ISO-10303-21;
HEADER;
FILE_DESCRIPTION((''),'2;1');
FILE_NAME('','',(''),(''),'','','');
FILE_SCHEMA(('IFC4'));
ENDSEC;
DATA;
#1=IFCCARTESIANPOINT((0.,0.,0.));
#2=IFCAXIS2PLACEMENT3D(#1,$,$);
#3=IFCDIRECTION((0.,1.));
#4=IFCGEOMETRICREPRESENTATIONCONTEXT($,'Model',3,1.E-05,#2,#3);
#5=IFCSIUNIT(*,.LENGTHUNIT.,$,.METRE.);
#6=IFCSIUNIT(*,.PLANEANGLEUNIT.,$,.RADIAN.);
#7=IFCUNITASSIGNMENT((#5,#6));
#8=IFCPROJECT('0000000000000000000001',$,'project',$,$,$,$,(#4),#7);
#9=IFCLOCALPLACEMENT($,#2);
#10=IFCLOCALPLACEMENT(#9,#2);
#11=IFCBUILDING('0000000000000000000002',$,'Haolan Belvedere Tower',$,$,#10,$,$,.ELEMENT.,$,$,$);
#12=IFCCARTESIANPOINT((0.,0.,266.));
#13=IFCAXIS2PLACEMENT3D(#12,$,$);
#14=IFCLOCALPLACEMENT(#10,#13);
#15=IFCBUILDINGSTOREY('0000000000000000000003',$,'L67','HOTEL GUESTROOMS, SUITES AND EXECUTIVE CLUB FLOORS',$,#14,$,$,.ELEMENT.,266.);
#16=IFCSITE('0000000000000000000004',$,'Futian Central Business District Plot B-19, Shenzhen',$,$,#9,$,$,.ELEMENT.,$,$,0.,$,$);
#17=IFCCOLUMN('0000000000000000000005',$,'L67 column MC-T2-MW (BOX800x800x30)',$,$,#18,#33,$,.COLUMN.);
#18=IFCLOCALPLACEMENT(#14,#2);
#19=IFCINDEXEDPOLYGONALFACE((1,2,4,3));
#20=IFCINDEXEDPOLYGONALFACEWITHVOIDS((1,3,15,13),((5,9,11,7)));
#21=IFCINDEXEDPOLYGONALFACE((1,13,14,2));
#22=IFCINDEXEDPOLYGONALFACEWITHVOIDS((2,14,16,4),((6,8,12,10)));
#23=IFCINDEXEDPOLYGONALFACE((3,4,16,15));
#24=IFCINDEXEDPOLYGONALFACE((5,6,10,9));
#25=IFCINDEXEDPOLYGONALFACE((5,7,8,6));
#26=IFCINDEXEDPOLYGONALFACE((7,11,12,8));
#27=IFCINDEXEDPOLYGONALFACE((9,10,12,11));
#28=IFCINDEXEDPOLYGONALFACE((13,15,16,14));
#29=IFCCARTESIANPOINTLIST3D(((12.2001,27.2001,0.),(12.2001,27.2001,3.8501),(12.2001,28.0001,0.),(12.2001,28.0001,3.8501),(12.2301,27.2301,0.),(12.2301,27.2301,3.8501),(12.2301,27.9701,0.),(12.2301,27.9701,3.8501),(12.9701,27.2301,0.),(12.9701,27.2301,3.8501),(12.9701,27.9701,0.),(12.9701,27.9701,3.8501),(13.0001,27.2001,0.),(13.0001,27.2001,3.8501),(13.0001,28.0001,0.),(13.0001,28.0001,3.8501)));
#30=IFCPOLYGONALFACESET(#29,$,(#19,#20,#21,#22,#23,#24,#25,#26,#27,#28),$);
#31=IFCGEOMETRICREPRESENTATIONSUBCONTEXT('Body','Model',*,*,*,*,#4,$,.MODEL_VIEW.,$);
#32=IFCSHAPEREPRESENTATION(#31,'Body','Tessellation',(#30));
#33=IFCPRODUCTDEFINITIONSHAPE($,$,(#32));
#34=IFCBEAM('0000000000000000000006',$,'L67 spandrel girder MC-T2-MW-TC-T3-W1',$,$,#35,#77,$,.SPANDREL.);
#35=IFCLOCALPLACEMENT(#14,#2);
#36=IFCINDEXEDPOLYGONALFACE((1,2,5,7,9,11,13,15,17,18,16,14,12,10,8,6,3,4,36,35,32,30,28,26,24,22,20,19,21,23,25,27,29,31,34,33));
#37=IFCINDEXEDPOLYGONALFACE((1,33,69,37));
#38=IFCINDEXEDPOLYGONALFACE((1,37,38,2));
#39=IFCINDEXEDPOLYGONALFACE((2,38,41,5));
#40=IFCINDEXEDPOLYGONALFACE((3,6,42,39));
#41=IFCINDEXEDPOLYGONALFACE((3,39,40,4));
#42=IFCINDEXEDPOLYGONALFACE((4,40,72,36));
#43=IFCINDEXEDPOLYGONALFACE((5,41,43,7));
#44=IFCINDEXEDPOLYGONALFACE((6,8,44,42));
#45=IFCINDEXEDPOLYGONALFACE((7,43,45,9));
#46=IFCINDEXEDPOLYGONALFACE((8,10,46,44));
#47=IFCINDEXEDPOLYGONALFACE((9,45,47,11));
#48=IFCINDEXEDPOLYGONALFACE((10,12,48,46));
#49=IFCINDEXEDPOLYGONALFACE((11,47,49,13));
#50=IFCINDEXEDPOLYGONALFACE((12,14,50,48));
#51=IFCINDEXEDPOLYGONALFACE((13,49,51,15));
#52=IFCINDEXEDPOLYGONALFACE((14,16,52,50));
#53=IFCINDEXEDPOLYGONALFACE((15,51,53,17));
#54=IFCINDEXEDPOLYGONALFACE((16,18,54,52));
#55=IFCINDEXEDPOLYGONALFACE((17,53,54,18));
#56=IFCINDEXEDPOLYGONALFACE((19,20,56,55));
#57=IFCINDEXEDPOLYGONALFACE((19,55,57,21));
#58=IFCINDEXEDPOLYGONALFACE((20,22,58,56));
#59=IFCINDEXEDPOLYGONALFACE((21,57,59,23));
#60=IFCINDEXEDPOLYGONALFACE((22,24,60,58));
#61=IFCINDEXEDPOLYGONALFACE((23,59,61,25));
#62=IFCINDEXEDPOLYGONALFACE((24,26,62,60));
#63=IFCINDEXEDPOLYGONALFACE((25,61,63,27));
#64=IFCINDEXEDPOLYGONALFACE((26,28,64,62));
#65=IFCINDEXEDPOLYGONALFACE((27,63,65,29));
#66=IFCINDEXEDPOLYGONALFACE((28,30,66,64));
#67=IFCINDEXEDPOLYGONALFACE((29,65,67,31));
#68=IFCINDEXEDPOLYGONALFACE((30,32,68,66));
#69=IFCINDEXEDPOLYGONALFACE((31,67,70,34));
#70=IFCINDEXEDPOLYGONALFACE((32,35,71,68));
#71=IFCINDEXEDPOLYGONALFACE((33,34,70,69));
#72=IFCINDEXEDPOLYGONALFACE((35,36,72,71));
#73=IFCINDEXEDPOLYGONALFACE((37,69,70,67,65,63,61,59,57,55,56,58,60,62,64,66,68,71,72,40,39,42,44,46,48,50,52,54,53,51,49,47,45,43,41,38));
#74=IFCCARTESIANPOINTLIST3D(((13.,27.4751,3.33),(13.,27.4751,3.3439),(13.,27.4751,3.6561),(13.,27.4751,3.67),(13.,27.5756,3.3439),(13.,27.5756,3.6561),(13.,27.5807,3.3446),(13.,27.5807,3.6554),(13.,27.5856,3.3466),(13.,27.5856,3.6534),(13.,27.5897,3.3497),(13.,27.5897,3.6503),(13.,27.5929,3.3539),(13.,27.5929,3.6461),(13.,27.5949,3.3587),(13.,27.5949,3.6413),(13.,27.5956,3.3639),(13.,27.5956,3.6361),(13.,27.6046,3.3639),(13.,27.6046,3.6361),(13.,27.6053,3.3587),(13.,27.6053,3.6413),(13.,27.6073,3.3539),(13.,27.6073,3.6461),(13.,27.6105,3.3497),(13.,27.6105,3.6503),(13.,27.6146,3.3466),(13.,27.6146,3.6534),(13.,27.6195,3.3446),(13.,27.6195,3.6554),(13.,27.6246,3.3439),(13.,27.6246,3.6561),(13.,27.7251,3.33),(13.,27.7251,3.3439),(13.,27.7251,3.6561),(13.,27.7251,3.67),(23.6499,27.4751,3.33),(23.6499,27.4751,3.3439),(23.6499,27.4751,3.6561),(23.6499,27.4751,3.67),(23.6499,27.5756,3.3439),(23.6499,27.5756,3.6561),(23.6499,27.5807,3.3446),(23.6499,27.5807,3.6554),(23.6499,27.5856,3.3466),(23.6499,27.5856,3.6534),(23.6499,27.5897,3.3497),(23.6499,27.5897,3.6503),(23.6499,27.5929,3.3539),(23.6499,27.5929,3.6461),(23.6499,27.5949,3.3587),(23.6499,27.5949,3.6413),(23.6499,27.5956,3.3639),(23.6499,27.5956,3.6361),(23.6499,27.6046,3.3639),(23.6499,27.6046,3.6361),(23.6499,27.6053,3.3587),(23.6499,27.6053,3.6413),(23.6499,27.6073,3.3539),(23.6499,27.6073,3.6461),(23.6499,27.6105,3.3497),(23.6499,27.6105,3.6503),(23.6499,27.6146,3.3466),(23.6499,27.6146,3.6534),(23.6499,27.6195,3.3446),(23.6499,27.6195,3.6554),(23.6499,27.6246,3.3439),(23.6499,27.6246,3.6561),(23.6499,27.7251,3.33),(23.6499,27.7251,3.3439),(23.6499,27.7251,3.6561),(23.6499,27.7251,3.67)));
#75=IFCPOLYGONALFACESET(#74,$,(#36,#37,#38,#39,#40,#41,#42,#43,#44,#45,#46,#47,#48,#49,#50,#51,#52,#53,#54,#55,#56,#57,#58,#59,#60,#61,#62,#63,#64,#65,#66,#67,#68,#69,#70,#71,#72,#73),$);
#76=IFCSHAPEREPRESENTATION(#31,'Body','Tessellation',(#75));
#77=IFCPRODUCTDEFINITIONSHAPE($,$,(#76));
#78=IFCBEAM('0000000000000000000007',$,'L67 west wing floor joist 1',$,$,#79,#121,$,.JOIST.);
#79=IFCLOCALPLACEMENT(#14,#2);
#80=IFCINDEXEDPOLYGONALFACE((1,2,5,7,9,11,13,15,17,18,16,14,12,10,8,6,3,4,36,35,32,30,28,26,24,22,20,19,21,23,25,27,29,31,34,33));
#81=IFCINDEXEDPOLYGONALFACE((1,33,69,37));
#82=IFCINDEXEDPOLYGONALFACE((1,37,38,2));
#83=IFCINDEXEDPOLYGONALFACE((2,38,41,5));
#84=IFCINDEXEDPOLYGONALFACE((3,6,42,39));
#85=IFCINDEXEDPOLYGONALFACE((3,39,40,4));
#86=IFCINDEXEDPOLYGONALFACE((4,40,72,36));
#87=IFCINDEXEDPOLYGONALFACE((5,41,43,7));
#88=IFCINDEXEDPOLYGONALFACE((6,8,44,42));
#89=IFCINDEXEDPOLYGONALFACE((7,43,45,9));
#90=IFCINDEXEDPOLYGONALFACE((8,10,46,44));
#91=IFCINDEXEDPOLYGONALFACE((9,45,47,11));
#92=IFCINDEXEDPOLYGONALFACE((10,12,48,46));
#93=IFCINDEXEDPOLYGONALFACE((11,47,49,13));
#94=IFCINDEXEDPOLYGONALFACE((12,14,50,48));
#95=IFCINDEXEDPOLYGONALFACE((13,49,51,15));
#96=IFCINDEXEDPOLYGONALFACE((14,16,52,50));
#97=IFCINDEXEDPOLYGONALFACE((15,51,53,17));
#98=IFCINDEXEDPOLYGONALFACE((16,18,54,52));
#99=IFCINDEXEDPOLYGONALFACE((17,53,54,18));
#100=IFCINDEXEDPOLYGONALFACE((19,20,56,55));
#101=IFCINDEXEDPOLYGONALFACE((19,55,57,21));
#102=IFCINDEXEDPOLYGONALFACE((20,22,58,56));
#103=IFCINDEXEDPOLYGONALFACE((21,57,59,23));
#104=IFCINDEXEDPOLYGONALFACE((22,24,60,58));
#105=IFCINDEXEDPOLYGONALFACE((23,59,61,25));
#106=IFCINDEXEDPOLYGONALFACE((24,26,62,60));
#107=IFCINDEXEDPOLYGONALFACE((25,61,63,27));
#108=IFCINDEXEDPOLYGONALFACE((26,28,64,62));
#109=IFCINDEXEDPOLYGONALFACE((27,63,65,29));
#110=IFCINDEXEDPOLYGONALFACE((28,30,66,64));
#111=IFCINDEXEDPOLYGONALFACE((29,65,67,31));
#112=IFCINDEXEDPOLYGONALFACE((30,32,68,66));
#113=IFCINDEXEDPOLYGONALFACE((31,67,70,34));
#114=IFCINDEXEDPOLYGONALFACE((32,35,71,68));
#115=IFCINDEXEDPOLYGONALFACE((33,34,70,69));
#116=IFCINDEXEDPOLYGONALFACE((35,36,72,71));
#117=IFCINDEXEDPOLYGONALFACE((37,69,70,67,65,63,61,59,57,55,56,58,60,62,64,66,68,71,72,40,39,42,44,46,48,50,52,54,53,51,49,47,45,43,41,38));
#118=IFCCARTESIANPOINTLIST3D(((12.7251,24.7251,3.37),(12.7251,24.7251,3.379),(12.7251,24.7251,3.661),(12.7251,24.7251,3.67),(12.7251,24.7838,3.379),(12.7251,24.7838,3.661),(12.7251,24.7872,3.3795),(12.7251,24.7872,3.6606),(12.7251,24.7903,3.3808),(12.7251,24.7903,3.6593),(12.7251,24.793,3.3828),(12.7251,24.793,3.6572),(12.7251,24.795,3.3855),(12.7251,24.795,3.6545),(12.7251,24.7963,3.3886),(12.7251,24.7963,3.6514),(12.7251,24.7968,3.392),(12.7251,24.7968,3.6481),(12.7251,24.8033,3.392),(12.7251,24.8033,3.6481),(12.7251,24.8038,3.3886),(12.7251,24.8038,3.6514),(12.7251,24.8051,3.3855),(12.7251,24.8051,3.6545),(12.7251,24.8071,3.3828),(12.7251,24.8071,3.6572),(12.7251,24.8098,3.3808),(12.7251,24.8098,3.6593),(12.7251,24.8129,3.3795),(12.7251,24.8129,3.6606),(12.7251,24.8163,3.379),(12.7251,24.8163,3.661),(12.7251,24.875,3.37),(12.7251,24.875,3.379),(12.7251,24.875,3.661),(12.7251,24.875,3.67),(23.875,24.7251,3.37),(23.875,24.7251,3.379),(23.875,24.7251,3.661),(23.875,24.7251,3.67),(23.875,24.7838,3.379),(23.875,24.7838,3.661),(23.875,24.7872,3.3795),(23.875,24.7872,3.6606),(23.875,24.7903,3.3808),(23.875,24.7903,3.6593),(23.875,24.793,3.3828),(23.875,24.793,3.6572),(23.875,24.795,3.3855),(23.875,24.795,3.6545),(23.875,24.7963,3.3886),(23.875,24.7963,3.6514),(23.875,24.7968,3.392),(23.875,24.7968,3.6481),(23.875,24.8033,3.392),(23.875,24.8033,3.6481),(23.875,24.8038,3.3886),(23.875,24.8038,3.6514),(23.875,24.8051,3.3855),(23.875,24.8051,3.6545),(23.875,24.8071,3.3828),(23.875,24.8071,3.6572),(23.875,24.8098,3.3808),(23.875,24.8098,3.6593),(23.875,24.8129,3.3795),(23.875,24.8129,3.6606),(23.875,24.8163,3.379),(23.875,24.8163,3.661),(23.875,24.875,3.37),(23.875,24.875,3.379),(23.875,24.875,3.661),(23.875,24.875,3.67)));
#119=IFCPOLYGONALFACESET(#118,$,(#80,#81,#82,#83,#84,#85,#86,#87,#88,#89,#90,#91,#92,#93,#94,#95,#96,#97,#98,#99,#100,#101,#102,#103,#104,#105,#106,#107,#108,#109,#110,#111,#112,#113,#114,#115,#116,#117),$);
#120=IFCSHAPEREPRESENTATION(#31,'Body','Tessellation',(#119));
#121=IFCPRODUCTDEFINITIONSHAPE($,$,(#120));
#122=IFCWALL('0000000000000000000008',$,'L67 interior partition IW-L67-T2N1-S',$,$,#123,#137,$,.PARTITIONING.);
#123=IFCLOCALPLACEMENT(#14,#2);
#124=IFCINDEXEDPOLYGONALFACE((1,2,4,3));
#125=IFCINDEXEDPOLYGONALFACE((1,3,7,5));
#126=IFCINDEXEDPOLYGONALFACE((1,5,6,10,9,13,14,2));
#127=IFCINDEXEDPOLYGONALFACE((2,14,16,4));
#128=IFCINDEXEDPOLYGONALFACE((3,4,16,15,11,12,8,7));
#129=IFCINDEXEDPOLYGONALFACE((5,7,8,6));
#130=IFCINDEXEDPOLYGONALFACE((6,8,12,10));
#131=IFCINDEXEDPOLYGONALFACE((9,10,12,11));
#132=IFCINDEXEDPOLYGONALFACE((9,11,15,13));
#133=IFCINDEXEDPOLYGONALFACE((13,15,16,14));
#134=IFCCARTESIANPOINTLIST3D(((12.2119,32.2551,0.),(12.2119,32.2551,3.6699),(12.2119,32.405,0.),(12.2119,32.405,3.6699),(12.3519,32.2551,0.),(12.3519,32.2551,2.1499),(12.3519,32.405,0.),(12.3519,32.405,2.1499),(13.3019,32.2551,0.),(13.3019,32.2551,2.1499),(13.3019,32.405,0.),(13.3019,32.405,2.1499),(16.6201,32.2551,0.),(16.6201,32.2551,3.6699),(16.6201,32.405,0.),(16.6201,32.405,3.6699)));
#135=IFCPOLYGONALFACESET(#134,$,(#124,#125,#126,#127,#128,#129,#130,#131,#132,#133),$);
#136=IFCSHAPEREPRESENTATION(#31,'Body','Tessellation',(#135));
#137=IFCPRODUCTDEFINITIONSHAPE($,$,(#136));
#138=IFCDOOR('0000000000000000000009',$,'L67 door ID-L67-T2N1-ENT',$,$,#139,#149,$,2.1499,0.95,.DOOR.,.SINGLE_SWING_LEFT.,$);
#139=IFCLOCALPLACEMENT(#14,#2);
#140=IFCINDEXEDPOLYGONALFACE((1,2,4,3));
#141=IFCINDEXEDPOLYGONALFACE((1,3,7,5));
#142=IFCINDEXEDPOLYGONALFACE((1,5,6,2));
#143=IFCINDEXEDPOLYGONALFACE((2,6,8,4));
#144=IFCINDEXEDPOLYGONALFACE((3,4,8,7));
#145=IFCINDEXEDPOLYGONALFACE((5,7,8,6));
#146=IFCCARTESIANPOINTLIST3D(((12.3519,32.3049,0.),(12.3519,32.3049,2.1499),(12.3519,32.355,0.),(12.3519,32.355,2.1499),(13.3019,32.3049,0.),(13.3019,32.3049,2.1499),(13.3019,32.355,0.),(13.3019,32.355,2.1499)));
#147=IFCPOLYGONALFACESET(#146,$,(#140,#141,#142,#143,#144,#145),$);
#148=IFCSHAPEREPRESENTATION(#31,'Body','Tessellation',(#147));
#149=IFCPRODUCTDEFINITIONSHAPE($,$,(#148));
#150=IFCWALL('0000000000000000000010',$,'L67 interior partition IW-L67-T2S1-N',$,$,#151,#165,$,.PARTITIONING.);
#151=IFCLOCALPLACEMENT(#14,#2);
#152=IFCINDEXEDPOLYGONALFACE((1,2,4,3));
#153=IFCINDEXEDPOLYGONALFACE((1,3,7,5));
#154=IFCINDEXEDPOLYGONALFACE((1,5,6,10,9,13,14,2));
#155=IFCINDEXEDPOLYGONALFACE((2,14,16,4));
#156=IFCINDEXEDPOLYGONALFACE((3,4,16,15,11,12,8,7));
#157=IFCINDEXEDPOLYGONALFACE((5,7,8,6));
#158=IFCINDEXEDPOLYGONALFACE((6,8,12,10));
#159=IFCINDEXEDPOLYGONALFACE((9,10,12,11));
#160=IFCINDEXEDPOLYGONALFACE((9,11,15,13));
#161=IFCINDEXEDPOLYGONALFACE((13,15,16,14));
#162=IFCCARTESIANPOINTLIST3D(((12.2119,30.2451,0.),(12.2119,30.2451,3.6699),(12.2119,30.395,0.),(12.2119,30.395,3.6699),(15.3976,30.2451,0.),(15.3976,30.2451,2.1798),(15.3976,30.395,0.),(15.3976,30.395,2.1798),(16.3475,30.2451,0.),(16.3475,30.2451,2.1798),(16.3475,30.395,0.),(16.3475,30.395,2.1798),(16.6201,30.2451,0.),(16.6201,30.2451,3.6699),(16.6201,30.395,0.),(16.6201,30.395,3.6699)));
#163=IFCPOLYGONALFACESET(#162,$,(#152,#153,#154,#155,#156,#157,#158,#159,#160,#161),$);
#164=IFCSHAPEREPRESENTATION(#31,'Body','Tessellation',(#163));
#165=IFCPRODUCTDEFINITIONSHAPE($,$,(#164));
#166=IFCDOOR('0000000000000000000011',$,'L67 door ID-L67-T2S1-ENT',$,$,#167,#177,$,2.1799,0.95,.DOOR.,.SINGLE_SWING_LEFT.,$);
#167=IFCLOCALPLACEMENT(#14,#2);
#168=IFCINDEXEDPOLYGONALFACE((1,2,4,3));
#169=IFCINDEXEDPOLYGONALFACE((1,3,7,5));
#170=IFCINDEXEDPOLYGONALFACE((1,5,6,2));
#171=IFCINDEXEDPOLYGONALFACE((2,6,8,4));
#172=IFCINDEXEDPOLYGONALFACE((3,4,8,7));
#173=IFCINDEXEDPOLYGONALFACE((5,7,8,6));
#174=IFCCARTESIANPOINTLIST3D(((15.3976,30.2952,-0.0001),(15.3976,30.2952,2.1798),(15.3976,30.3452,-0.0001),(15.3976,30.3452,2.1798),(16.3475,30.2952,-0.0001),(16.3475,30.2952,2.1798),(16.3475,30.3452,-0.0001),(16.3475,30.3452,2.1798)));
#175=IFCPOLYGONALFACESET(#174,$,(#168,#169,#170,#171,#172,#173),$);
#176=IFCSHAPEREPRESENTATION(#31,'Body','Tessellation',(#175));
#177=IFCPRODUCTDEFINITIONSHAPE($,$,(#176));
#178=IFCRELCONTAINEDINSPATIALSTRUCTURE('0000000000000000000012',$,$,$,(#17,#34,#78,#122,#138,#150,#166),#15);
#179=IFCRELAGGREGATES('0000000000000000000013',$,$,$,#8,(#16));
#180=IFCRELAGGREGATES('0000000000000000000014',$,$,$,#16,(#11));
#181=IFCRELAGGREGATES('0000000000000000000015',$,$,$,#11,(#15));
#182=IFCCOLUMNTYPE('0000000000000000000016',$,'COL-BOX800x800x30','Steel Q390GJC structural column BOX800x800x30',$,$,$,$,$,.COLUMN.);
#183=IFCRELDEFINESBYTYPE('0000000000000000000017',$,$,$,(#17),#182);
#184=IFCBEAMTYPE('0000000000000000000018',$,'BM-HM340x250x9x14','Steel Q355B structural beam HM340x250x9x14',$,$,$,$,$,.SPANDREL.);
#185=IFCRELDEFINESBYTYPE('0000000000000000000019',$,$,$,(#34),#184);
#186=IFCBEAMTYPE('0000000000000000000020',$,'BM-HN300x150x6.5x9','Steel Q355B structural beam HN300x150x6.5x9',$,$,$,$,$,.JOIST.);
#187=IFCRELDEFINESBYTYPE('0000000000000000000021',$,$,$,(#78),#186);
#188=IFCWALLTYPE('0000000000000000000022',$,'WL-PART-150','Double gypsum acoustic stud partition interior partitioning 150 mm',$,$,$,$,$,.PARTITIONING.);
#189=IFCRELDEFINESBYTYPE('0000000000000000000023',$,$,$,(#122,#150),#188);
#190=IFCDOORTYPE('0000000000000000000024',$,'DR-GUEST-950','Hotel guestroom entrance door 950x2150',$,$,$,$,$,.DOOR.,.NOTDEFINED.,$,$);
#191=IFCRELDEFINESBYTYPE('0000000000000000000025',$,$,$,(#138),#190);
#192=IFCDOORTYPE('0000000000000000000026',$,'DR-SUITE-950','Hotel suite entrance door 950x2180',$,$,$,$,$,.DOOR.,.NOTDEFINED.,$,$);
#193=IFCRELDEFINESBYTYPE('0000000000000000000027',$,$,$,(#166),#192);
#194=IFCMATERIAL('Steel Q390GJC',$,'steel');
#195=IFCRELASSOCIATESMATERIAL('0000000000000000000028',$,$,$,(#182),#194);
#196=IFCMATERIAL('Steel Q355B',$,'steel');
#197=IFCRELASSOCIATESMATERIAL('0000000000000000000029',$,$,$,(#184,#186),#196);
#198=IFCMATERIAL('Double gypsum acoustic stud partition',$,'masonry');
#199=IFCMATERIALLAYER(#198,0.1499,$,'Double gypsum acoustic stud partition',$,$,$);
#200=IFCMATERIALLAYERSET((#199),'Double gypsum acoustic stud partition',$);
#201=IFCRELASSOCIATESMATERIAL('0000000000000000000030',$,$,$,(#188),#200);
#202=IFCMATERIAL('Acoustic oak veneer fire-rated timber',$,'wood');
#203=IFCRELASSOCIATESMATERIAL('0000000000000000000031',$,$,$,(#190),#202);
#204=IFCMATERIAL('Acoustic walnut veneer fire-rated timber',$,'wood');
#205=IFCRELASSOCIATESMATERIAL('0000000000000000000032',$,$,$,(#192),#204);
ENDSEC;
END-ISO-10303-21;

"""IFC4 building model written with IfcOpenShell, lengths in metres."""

from ifc_helpers import new_model, si_unit, direction, frame, frame_2d, origin, origin_2d, place, context, subcontext, project, spatial, rectangle, hollow_rectangle, i_section, extrude, material, layer, layer_set, material_profile, profile_set, type_object, element, fill, save


model = new_model("IFC4")

# Units and contexts
model_context = context("Model", 3, precision=1e-05, world=origin(), true_north=direction((0.0, 1.0)))
body_context = subcontext(model_context, "Body", "Model", "MODEL_VIEW")
ifc_project = project(units=[si_unit("LENGTHUNIT", "METRE"), si_unit("PLANEANGLEUNIT", "RADIAN")], contexts=[model_context])

# Site, building, storey
site_placement = place(None, origin())
site = spatial("IfcSite", under=ifc_project, at=site_placement, Name="Futian Central Business District Plot B-19, Shenzhen", CompositionType="ELEMENT", RefElevation=0.0)
building_placement = place(site_placement, origin())
building = spatial("IfcBuilding", under=site, at=building_placement, Name="Haolan Belvedere Tower", CompositionType="ELEMENT")
storey_placement = place(building_placement, frame((0.0, 0.0, 266.0)))
storey = spatial("IfcBuildingStorey", under=building, at=storey_placement, Name="L67", Description="HOTEL GUESTROOMS, SUITES AND EXECUTIVE CLUB FLOORS", CompositionType="ELEMENT", Elevation=266.0)

# Column
ifc_material_1 = material(Name="Steel Q390GJC", Category="steel")
ifc_material_profile_1 = material_profile(ifc_material_1, hollow_rectangle(XDim=0.8, YDim=0.8, WallThickness=0.03, at=origin_2d()), Name="Steel Q390GJC")
ifc_profile_set_1 = profile_set([ifc_material_profile_1], Name="Steel Q390GJC")
column_type = type_object("IfcColumnType", Name="COL-BOX800x800x30", Description="Steel Q390GJC structural column BOX800x800x30", PredefinedType="COLUMN", material=ifc_profile_set_1)
column_placement = place(storey_placement, frame((12.6001, 27.6001, 0.0), z_axis=(0.0, 0.0, 1.0), x_axis=(1.0, 0.0, 0.0)))
element("IfcColumn", 1, at=column_placement, inside=storey, type_object=column_type, Name="L67 column MC-T2-MW (BOX800x800x30)", PredefinedType="COLUMN", context=body_context, shape_type="SweptSolid", body=[
    extrude(hollow_rectangle(XDim=0.8, YDim=0.8, WallThickness=0.03, at=origin_2d()), origin(), (0.0, 0.0, 1.0), 3.8501),
])

# Beams
ifc_material_2 = material(Name="Steel Q355B", Category="steel")
ifc_material_profile_2 = material_profile(ifc_material_2, i_section(OverallWidth=0.25, OverallDepth=0.3401, WebThickness=0.009, FlangeThickness=0.0139, FilletRadius=0.02, at=origin_2d()), Name="Steel Q355B")
ifc_profile_set_2 = profile_set([ifc_material_profile_2], Name="Steel Q355B")
beam_type_1 = type_object("IfcBeamType", Name="BM-HM340x250x9x14", Description="Steel Q355B structural beam HM340x250x9x14", PredefinedType="SPANDREL", material=ifc_profile_set_2)
beam_1_placement = place(storey_placement, frame((13.0, 27.6001, 3.5), z_axis=(1.0, 0.0, 0.0), x_axis=(0.0, 1.0, 0.0)))
element("IfcBeam", 2, at=beam_1_placement, inside=storey, type_object=beam_type_1, Name="L67 spandrel girder MC-T2-MW-TC-T3-W1", PredefinedType="SPANDREL", context=body_context, shape_type="SweptSolid", body=[
    extrude(i_section(OverallWidth=0.25, OverallDepth=0.3401, WebThickness=0.009, FlangeThickness=0.0139, FilletRadius=0.02, at=origin_2d()), origin(), (0.0, 0.0, 1.0), 10.6499),
])
ifc_material_profile_3 = material_profile(ifc_material_2, i_section(OverallWidth=0.1499, OverallDepth=0.3, WebThickness=0.0066, FlangeThickness=0.009, FilletRadius=0.0129, at=origin_2d()), Name="Steel Q355B")
ifc_profile_set_3 = profile_set([ifc_material_profile_3], Name="Steel Q355B")
beam_type_2 = type_object("IfcBeamType", Name="BM-HN300x150x6.5x9", Description="Steel Q355B structural beam HN300x150x6.5x9", PredefinedType="JOIST", material=ifc_profile_set_3)
beam_2_placement = place(storey_placement, frame((12.7251, 24.8, 3.52), z_axis=(1.0, 0.0, 0.0), x_axis=(0.0, 1.0, 0.0)))
element("IfcBeam", 3, at=beam_2_placement, inside=storey, type_object=beam_type_2, Name="L67 west wing floor joist 1", PredefinedType="JOIST", context=body_context, shape_type="SweptSolid", body=[
    extrude(i_section(OverallWidth=0.1499, OverallDepth=0.3, WebThickness=0.0066, FlangeThickness=0.009, FilletRadius=0.0129, at=origin_2d()), origin(), (0.0, 0.0, 1.0), 11.1499),
])

# Walls, openings, doors
ifc_material_3 = material(Name="Double gypsum acoustic stud partition", Category="masonry")
ifc_layer_1 = layer(ifc_material_3, 0.1499, Name="Double gypsum acoustic stud partition")
ifc_layer_set_1 = layer_set([ifc_layer_1], Name="Double gypsum acoustic stud partition")
wall_type_1 = type_object("IfcWallType", Name="WL-PART-150", Description="Double gypsum acoustic stud partition interior partitioning 150 mm", PredefinedType="PARTITIONING", material=ifc_layer_set_1)
wall_1_placement = place(storey_placement, frame((12.2119, 32.3301, 0.0), z_axis=(0.0, 0.0, 1.0), x_axis=(1.0, 0.0, 0.0)))
wall_1 = element("IfcWall", 4, at=wall_1_placement, inside=storey, type_object=wall_type_1, Name="L67 interior partition IW-L67-T2N1-S", PredefinedType="PARTITIONING", context=body_context, shape_type="SweptSolid", body=[
    extrude(rectangle(XDim=4.4082, YDim=0.1499, at=frame_2d((2.2041, 0.0))), origin(), (0.0, 0.0, 1.0), 3.6699),
])
opening_1_placement = place(wall_1_placement, frame((0.1399, 0.0, 0.0)))
opening_1 = element("IfcOpeningElement", 5, at=opening_1_placement, cuts=wall_1, PredefinedType="OPENING", context=body_context, shape_type="SweptSolid", body=[
    extrude(rectangle(XDim=0.95, YDim=2.1499, at=frame_2d((0.4751, 1.075))), frame((0.0, 0.085, 0.0), z_axis=(0.0, -1.0, 0.0), x_axis=(1.0, 0.0, 0.0)), (0.0, 0.0, 1.0), 0.1699),
])
ifc_material_4 = material(Name="Acoustic oak veneer fire-rated timber", Category="wood")
door_type_1 = type_object("IfcDoorType", Name="DR-GUEST-950", Description="Hotel guestroom entrance door 950x2150", OperationType="NOTDEFINED", PredefinedType="DOOR", material=ifc_material_4)
door_1_placement = place(opening_1_placement, origin())
door_1 = element("IfcDoor", 6, at=door_1_placement, inside=storey, type_object=door_type_1, Name="L67 door ID-L67-T2N1-ENT", OperationType="SINGLE_SWING_LEFT", OverallHeight=2.1499, OverallWidth=0.95, PredefinedType="DOOR", context=body_context, shape_type="SweptSolid", body=[
    extrude(rectangle(XDim=0.95, YDim=2.1499, at=frame_2d((0.4751, 1.075))), frame((0.0, 0.0249, 0.0), z_axis=(0.0, -1.0, 0.0), x_axis=(1.0, 0.0, 0.0)), (0.0, 0.0, 1.0), 0.05),
])
fill(opening_1, door_1)
wall_2_placement = place(storey_placement, frame((12.2119, 30.3201, 0.0), z_axis=(0.0, 0.0, 1.0), x_axis=(1.0, 0.0, 0.0)))
wall_2 = element("IfcWall", 7, at=wall_2_placement, inside=storey, type_object=wall_type_1, Name="L67 interior partition IW-L67-T2S1-N", PredefinedType="PARTITIONING", context=body_context, shape_type="SweptSolid", body=[
    extrude(rectangle(XDim=4.4082, YDim=0.1499, at=frame_2d((2.2041, 0.0))), origin(), (0.0, 0.0, 1.0), 3.6699),
])
opening_2_placement = place(wall_2_placement, frame((4.1357, 0.0, 0.0), z_axis=(0.0, 0.0, 1.0), x_axis=(-1.0, 0.0, 0.0)))
opening_2 = element("IfcOpeningElement", 8, at=opening_2_placement, cuts=wall_2, PredefinedType="OPENING", context=body_context, shape_type="SweptSolid", body=[
    extrude(rectangle(XDim=0.95, YDim=2.1799, at=frame_2d((0.4751, 1.0898))), frame((0.0, 0.085, 0.0), z_axis=(0.0, -1.0, 0.0), x_axis=(1.0, 0.0, 0.0)), (0.0, 0.0, 1.0), 0.1699),
])
ifc_material_5 = material(Name="Acoustic walnut veneer fire-rated timber", Category="wood")
door_type_2 = type_object("IfcDoorType", Name="DR-SUITE-950", Description="Hotel suite entrance door 950x2180", OperationType="NOTDEFINED", PredefinedType="DOOR", material=ifc_material_5)
door_2_placement = place(opening_2_placement, origin())
door_2 = element("IfcDoor", 9, at=door_2_placement, inside=storey, type_object=door_type_2, Name="L67 door ID-L67-T2S1-ENT", OperationType="SINGLE_SWING_LEFT", OverallHeight=2.1799, OverallWidth=0.95, PredefinedType="DOOR", context=body_context, shape_type="SweptSolid", body=[
    extrude(rectangle(XDim=0.95, YDim=2.1799, at=frame_2d((0.4751, 1.0898))), frame((0.0, 0.0249, 0.0), z_axis=(0.0, -1.0, 0.0), x_axis=(1.0, 0.0, 0.0)), (0.0, 0.0, 1.0), 0.05),
])
fill(opening_2, door_2)

save(model, "model.ifc")
